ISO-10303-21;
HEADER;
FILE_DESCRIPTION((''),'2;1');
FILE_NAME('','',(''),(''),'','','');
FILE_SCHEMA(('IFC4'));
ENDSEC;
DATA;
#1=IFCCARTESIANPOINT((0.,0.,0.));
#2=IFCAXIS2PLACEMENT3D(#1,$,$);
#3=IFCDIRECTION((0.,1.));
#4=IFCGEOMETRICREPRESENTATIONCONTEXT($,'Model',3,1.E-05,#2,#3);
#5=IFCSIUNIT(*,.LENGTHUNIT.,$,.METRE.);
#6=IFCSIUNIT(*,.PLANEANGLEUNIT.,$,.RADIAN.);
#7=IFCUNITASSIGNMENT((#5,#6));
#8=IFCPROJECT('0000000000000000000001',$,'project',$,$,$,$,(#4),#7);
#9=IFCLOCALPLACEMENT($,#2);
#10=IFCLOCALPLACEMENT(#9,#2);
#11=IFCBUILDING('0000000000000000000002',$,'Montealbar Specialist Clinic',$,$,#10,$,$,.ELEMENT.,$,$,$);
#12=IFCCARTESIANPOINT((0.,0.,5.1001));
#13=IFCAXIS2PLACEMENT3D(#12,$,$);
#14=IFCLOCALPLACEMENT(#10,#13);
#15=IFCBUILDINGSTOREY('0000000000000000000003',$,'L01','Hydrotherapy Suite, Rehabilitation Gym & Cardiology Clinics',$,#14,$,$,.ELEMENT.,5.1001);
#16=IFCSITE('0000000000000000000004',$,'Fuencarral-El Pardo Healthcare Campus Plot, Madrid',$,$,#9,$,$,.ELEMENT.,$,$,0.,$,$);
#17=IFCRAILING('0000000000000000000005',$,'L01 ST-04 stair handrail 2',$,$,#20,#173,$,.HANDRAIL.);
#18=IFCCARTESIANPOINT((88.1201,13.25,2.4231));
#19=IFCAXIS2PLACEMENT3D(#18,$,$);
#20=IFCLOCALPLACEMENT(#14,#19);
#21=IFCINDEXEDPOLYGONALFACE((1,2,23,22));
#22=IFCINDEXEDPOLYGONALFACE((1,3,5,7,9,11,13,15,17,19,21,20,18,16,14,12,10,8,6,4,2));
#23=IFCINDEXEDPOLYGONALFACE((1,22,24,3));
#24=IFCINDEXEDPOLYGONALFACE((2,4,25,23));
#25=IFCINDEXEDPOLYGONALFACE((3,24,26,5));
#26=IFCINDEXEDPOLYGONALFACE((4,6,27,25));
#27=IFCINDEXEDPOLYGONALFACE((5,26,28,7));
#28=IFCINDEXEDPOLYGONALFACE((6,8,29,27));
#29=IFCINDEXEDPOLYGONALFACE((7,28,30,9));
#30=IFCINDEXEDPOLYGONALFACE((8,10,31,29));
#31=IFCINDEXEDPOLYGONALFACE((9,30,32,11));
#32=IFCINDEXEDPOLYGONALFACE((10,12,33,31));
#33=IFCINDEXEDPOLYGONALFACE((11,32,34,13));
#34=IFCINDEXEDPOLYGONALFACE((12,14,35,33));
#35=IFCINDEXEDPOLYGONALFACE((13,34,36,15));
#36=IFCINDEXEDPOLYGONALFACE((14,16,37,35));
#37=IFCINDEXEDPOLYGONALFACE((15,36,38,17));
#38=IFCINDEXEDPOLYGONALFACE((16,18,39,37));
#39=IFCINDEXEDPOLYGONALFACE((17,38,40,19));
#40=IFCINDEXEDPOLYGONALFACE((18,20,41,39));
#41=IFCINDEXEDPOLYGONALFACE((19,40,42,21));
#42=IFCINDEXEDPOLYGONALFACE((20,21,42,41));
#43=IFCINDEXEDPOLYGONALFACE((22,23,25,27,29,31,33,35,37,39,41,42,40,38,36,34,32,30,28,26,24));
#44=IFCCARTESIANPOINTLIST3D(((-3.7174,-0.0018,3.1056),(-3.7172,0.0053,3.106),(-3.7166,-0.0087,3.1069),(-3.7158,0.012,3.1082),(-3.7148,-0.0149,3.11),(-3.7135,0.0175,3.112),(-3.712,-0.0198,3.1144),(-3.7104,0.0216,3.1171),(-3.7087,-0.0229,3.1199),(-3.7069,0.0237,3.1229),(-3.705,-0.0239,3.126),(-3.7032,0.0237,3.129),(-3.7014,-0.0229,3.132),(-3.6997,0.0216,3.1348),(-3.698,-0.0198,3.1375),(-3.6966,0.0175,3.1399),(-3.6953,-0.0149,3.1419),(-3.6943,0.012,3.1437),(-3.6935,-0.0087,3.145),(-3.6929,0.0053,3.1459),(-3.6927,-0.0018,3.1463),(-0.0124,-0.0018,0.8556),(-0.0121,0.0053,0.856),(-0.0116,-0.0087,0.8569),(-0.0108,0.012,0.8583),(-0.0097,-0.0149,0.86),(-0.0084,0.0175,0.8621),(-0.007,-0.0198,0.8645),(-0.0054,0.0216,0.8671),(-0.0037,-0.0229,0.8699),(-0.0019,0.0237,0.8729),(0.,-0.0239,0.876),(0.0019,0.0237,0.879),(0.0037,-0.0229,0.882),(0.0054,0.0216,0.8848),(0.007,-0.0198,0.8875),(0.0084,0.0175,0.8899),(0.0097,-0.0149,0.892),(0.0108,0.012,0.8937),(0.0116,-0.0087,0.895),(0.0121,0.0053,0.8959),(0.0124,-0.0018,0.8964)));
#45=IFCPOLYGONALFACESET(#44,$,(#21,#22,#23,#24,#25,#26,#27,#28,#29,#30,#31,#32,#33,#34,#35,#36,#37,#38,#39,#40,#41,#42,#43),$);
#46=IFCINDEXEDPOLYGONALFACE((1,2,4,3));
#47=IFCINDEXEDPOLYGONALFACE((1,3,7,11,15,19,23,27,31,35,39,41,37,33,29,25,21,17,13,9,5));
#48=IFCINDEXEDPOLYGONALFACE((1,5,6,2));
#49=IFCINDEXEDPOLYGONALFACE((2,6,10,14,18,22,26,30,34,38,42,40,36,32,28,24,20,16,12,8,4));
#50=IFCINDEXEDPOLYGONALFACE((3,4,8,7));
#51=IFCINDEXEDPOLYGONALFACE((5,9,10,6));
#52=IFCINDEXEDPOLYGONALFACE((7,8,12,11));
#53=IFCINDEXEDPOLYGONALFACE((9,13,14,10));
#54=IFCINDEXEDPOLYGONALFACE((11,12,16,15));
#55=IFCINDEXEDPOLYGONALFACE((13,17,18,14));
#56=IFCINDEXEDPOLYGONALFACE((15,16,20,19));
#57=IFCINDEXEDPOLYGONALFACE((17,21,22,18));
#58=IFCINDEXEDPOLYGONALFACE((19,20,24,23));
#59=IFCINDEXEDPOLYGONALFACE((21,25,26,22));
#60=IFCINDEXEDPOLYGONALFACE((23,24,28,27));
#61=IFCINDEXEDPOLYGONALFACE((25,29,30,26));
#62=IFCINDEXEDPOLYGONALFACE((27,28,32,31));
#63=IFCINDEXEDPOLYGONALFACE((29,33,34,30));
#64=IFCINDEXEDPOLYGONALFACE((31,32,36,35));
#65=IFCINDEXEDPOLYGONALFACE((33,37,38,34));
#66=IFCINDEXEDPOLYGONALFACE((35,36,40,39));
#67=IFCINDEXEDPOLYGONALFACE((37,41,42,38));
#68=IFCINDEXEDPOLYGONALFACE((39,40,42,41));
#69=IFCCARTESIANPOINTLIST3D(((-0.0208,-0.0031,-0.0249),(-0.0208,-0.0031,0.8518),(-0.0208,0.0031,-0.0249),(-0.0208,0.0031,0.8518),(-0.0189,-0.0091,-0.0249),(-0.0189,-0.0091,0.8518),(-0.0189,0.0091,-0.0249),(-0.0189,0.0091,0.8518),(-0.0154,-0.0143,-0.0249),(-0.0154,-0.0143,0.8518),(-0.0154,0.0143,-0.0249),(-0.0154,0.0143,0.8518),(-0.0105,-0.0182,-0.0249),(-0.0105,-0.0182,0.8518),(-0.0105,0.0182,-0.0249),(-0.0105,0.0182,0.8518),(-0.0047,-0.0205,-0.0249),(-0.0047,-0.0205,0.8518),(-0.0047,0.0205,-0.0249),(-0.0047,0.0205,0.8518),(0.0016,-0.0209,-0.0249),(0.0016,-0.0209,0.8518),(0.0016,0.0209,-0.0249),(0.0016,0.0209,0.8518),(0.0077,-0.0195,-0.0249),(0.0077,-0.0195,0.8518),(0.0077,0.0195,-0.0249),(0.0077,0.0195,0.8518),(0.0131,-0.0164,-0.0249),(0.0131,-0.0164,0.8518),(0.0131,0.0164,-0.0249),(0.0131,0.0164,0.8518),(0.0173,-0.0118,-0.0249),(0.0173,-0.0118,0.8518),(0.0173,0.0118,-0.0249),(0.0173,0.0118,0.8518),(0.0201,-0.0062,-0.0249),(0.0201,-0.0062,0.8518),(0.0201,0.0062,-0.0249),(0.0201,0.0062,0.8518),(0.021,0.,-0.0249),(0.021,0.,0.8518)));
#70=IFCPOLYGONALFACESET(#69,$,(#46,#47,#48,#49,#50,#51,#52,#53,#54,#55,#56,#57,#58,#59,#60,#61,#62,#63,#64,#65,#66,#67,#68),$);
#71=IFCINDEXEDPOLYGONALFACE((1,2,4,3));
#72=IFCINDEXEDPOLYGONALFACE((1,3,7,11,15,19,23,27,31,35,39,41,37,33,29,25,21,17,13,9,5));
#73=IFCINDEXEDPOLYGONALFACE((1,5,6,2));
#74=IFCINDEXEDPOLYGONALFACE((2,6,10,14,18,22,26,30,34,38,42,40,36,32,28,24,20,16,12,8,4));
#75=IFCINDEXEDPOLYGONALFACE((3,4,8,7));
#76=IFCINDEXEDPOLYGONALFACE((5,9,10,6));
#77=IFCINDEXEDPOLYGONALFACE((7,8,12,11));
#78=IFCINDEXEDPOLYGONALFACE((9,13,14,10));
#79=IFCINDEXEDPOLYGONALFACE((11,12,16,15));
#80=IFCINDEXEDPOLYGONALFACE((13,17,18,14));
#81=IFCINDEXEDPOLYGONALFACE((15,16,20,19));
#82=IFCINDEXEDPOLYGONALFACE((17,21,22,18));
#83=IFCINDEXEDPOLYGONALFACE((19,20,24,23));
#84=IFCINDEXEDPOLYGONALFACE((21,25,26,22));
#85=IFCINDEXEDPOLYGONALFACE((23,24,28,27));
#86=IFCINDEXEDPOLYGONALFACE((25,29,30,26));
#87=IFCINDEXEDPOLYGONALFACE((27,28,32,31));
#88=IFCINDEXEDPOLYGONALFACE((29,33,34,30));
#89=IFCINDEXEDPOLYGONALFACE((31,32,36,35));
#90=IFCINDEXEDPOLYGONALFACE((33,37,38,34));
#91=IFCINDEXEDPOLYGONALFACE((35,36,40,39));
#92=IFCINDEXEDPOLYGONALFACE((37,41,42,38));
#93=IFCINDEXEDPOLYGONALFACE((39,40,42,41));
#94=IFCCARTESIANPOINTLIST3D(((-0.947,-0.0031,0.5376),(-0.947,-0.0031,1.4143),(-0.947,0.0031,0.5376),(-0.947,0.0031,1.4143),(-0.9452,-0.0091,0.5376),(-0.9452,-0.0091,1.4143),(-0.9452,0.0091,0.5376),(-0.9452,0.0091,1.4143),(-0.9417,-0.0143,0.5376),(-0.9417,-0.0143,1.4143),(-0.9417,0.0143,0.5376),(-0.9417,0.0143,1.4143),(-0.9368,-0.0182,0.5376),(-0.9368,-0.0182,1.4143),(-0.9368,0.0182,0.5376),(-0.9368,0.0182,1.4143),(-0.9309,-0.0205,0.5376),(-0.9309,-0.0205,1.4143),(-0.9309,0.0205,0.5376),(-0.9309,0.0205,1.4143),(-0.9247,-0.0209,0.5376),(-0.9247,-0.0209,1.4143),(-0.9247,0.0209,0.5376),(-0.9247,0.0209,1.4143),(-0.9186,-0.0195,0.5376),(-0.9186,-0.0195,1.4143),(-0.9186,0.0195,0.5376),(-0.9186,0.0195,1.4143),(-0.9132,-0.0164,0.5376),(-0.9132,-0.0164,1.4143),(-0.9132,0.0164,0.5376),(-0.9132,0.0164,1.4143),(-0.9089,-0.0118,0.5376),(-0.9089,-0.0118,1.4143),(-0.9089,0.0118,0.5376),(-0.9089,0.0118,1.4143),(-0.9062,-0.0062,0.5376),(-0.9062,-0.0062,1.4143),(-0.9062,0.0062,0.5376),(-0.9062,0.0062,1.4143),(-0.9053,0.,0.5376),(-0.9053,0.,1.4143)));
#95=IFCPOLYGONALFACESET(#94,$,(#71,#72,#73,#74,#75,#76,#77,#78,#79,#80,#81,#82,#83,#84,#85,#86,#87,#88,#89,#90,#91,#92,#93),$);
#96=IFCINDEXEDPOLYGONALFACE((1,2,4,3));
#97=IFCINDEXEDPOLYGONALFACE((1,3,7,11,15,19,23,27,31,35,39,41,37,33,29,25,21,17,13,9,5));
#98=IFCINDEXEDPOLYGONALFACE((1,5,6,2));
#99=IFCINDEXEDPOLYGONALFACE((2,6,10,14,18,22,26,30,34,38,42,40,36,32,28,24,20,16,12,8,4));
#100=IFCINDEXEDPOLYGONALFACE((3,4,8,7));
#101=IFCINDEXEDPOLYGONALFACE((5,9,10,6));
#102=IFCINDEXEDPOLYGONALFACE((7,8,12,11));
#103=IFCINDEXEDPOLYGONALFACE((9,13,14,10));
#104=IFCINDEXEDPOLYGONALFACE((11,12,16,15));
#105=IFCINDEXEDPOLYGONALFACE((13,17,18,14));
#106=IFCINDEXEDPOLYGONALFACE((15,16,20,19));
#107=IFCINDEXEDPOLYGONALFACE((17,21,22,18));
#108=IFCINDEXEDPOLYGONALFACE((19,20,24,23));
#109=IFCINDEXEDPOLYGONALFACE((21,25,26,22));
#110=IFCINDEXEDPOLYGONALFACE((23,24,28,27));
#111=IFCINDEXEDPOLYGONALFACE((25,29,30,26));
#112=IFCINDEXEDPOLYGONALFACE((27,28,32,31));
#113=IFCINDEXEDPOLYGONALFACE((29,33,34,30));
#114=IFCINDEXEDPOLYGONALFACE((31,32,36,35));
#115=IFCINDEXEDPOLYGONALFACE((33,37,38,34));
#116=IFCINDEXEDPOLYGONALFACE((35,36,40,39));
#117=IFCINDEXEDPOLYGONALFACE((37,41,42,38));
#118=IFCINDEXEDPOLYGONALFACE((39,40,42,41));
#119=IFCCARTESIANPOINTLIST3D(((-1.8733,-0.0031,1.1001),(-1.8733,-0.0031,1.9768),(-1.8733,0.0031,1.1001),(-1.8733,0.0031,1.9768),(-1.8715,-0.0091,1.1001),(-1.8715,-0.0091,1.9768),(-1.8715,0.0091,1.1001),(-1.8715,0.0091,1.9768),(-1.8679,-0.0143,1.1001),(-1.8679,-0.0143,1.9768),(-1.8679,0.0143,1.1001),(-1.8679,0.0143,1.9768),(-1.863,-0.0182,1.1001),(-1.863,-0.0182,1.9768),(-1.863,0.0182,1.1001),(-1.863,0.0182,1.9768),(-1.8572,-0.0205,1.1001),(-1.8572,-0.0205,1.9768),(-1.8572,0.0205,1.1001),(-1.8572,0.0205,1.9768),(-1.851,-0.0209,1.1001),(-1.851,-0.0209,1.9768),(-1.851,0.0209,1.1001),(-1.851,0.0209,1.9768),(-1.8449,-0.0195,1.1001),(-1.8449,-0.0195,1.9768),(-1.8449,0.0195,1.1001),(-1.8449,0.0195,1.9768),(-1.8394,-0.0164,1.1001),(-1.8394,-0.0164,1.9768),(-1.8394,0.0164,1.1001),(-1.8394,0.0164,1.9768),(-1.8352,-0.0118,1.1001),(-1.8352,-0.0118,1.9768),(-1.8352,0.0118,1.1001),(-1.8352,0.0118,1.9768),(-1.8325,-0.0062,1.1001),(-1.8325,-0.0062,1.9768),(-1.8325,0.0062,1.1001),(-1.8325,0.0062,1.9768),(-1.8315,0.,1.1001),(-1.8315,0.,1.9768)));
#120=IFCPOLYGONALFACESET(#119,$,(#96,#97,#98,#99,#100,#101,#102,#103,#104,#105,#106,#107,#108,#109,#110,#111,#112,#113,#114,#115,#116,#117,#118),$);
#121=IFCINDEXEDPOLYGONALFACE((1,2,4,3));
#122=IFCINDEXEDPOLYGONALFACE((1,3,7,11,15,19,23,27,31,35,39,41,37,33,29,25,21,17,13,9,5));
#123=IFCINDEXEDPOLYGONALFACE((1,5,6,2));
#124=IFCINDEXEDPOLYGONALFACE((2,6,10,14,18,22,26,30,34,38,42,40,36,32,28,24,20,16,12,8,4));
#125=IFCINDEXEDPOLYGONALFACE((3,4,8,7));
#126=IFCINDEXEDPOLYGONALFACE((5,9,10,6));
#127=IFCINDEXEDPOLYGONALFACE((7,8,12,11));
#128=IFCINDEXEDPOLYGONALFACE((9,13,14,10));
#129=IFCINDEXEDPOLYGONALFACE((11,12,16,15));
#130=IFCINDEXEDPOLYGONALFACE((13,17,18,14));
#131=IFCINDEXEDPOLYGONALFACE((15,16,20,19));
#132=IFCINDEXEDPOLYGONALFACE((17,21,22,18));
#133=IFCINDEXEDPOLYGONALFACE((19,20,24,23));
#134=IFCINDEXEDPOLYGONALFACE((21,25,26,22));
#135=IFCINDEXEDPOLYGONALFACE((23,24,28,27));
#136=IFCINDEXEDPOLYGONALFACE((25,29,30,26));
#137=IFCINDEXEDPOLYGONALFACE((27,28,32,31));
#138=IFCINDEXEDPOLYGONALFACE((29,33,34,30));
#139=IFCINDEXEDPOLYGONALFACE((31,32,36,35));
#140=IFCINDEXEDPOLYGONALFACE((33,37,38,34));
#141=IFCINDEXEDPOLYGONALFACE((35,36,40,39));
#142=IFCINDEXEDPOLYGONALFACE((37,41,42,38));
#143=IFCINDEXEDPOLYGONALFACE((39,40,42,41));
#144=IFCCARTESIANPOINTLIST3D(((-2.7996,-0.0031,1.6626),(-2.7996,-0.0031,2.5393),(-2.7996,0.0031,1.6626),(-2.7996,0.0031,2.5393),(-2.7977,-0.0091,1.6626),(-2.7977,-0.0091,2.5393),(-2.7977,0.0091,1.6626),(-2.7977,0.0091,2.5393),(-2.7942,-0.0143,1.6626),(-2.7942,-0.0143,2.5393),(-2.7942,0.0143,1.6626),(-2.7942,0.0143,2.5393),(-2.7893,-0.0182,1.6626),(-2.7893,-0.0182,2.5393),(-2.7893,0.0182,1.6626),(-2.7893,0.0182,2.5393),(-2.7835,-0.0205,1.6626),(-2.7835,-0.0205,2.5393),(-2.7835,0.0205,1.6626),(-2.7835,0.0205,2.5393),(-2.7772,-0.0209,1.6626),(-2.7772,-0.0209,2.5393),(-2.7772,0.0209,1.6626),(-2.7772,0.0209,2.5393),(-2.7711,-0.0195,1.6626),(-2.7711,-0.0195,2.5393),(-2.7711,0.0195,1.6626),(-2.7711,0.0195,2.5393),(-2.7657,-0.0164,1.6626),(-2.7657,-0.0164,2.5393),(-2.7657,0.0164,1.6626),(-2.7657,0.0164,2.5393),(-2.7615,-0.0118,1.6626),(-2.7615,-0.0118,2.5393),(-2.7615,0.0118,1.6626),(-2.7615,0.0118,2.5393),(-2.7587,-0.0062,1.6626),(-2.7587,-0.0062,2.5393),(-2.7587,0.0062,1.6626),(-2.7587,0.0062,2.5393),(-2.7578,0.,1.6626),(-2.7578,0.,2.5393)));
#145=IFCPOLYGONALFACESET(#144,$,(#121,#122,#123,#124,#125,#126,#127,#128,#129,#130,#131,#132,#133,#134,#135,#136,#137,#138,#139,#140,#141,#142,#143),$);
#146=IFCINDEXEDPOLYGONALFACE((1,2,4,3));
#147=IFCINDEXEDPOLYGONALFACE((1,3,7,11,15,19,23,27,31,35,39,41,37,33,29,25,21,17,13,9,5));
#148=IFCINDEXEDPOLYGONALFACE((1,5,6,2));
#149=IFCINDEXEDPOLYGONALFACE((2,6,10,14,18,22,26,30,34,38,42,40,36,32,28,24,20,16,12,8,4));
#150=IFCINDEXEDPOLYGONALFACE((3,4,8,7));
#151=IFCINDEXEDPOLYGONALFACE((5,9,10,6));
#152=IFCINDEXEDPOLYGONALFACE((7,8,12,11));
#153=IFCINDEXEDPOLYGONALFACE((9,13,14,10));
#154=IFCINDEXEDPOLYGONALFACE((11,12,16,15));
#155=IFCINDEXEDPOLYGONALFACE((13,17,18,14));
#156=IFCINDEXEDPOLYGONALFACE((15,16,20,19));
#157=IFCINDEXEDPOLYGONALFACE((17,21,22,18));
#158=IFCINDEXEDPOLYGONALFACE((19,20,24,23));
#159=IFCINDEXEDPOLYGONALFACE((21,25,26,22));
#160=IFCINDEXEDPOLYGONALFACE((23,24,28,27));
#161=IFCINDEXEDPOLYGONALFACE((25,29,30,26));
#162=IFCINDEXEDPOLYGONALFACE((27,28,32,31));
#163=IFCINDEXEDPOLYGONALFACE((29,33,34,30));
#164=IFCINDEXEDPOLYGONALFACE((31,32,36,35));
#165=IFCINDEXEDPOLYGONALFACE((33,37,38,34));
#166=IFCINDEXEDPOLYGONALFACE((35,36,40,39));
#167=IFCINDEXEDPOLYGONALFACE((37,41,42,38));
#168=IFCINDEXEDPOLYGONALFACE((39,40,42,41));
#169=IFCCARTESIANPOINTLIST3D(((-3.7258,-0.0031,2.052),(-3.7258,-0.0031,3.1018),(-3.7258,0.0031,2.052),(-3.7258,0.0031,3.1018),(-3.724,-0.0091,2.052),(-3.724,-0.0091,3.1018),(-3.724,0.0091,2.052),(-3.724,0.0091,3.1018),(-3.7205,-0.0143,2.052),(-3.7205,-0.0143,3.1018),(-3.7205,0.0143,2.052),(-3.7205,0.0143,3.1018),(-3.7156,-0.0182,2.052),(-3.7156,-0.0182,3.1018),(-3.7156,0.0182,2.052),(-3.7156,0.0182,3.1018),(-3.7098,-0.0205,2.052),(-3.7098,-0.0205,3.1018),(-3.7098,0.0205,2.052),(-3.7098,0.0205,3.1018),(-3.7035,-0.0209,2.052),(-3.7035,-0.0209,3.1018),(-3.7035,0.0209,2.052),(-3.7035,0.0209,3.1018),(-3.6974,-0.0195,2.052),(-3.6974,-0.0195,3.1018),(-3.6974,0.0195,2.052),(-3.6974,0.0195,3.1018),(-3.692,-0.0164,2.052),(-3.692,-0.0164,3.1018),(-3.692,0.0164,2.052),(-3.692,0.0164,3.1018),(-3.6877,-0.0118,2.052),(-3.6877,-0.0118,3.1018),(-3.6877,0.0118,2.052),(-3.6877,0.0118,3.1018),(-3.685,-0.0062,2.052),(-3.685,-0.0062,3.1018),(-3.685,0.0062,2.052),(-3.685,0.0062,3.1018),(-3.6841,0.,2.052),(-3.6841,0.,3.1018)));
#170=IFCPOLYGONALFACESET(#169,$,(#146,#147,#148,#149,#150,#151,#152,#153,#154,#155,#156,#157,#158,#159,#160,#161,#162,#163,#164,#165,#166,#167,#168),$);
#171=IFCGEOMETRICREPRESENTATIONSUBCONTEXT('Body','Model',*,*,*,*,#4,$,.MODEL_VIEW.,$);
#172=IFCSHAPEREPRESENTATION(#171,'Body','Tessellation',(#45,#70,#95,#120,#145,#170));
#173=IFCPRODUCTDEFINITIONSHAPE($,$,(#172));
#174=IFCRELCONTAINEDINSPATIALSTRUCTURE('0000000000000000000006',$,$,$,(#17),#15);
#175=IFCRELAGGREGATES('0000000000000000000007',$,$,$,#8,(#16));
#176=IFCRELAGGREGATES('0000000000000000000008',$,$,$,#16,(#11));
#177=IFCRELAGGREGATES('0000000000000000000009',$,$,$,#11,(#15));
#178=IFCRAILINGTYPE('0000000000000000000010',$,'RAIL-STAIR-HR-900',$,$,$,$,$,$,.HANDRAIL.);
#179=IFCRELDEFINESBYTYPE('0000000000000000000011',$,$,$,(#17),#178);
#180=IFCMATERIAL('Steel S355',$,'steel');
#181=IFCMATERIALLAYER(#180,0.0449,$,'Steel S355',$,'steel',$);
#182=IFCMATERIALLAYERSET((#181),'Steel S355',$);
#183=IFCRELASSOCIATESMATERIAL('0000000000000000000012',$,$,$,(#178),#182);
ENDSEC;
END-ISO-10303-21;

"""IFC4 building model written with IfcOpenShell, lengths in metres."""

from ifc_helpers import new_model, si_unit, direction, frame, origin, origin_2d, place, context, subcontext, project, spatial, circle, extrude, material, layer, layer_set, type_object, element, save


model = new_model("IFC4")

# Units and contexts
model_context = context("Model", 3, precision=1e-05, world=origin(), true_north=direction((0.0, 1.0)))
body_context = subcontext(model_context, "Body", "Model", "MODEL_VIEW")
ifc_project = project(units=[si_unit("LENGTHUNIT", "METRE"), si_unit("PLANEANGLEUNIT", "RADIAN")], contexts=[model_context])

# Site, building, storey
site_placement = place(None, origin())
site = spatial("IfcSite", under=ifc_project, at=site_placement, Name="Fuencarral-El Pardo Healthcare Campus Plot, Madrid", CompositionType="ELEMENT", RefElevation=0.0)
building_placement = place(site_placement, origin())
building = spatial("IfcBuilding", under=site, at=building_placement, Name="Montealbar Specialist Clinic", CompositionType="ELEMENT")
storey_placement = place(building_placement, frame((0.0, 0.0, 5.1001)))
storey = spatial("IfcBuildingStorey", under=building, at=storey_placement, Name="L01", Description="Hydrotherapy Suite, Rehabilitation Gym & Cardiology Clinics", CompositionType="ELEMENT", Elevation=5.1001)

# Shared definitions
ifc_material_1 = material(Name="Steel S355", Category="steel")

# Railing
ifc_layer_1 = layer(ifc_material_1, 0.0449, Name="Steel S355", Category="steel")
ifc_layer_set_1 = layer_set([ifc_layer_1], Name="Steel S355")
railing_type_1 = type_object("IfcRailingType", Name="RAIL-STAIR-HR-900", PredefinedType="HANDRAIL", material=ifc_layer_set_1)
railing_1_placement = place(storey_placement, frame((88.1201, 13.25, 2.4231)))
element("IfcRailing", 1, at=railing_1_placement, inside=storey, type_object=railing_type_1, Name="L01 ST-04 stair handrail 2", PredefinedType="HANDRAIL", context=body_context, shape_type="SweptSolid", body=[
    extrude(circle(Radius=0.0239, at=origin_2d()), frame((0.0, 0.0, 0.876), z_axis=(-0.854738, 0.0, 0.51906), x_axis=(0.0, -1.0, 0.0)), (0.0, 0.0, 1.0), 4.3347),
    extrude(circle(Radius=0.021, at=origin_2d()), frame((0.0, 0.0, -0.0249)), (0.0, 0.0, 1.0), 0.8767),
    extrude(circle(Radius=0.021, at=origin_2d()), frame((-0.9263, 0.0, 0.5376)), (0.0, 0.0, 1.0), 0.8767),
    extrude(circle(Radius=0.021, at=origin_2d()), frame((-1.8525, 0.0, 1.1001)), (0.0, 0.0, 1.0), 0.8767),
    extrude(circle(Radius=0.021, at=origin_2d()), frame((-2.7788, 0.0, 1.6626)), (0.0, 0.0, 1.0), 0.8767),
    extrude(circle(Radius=0.021, at=origin_2d()), frame((-3.7051, 0.0, 2.052)), (0.0, 0.0, 1.0), 1.0498),
])

save(model, "model.ifc")
